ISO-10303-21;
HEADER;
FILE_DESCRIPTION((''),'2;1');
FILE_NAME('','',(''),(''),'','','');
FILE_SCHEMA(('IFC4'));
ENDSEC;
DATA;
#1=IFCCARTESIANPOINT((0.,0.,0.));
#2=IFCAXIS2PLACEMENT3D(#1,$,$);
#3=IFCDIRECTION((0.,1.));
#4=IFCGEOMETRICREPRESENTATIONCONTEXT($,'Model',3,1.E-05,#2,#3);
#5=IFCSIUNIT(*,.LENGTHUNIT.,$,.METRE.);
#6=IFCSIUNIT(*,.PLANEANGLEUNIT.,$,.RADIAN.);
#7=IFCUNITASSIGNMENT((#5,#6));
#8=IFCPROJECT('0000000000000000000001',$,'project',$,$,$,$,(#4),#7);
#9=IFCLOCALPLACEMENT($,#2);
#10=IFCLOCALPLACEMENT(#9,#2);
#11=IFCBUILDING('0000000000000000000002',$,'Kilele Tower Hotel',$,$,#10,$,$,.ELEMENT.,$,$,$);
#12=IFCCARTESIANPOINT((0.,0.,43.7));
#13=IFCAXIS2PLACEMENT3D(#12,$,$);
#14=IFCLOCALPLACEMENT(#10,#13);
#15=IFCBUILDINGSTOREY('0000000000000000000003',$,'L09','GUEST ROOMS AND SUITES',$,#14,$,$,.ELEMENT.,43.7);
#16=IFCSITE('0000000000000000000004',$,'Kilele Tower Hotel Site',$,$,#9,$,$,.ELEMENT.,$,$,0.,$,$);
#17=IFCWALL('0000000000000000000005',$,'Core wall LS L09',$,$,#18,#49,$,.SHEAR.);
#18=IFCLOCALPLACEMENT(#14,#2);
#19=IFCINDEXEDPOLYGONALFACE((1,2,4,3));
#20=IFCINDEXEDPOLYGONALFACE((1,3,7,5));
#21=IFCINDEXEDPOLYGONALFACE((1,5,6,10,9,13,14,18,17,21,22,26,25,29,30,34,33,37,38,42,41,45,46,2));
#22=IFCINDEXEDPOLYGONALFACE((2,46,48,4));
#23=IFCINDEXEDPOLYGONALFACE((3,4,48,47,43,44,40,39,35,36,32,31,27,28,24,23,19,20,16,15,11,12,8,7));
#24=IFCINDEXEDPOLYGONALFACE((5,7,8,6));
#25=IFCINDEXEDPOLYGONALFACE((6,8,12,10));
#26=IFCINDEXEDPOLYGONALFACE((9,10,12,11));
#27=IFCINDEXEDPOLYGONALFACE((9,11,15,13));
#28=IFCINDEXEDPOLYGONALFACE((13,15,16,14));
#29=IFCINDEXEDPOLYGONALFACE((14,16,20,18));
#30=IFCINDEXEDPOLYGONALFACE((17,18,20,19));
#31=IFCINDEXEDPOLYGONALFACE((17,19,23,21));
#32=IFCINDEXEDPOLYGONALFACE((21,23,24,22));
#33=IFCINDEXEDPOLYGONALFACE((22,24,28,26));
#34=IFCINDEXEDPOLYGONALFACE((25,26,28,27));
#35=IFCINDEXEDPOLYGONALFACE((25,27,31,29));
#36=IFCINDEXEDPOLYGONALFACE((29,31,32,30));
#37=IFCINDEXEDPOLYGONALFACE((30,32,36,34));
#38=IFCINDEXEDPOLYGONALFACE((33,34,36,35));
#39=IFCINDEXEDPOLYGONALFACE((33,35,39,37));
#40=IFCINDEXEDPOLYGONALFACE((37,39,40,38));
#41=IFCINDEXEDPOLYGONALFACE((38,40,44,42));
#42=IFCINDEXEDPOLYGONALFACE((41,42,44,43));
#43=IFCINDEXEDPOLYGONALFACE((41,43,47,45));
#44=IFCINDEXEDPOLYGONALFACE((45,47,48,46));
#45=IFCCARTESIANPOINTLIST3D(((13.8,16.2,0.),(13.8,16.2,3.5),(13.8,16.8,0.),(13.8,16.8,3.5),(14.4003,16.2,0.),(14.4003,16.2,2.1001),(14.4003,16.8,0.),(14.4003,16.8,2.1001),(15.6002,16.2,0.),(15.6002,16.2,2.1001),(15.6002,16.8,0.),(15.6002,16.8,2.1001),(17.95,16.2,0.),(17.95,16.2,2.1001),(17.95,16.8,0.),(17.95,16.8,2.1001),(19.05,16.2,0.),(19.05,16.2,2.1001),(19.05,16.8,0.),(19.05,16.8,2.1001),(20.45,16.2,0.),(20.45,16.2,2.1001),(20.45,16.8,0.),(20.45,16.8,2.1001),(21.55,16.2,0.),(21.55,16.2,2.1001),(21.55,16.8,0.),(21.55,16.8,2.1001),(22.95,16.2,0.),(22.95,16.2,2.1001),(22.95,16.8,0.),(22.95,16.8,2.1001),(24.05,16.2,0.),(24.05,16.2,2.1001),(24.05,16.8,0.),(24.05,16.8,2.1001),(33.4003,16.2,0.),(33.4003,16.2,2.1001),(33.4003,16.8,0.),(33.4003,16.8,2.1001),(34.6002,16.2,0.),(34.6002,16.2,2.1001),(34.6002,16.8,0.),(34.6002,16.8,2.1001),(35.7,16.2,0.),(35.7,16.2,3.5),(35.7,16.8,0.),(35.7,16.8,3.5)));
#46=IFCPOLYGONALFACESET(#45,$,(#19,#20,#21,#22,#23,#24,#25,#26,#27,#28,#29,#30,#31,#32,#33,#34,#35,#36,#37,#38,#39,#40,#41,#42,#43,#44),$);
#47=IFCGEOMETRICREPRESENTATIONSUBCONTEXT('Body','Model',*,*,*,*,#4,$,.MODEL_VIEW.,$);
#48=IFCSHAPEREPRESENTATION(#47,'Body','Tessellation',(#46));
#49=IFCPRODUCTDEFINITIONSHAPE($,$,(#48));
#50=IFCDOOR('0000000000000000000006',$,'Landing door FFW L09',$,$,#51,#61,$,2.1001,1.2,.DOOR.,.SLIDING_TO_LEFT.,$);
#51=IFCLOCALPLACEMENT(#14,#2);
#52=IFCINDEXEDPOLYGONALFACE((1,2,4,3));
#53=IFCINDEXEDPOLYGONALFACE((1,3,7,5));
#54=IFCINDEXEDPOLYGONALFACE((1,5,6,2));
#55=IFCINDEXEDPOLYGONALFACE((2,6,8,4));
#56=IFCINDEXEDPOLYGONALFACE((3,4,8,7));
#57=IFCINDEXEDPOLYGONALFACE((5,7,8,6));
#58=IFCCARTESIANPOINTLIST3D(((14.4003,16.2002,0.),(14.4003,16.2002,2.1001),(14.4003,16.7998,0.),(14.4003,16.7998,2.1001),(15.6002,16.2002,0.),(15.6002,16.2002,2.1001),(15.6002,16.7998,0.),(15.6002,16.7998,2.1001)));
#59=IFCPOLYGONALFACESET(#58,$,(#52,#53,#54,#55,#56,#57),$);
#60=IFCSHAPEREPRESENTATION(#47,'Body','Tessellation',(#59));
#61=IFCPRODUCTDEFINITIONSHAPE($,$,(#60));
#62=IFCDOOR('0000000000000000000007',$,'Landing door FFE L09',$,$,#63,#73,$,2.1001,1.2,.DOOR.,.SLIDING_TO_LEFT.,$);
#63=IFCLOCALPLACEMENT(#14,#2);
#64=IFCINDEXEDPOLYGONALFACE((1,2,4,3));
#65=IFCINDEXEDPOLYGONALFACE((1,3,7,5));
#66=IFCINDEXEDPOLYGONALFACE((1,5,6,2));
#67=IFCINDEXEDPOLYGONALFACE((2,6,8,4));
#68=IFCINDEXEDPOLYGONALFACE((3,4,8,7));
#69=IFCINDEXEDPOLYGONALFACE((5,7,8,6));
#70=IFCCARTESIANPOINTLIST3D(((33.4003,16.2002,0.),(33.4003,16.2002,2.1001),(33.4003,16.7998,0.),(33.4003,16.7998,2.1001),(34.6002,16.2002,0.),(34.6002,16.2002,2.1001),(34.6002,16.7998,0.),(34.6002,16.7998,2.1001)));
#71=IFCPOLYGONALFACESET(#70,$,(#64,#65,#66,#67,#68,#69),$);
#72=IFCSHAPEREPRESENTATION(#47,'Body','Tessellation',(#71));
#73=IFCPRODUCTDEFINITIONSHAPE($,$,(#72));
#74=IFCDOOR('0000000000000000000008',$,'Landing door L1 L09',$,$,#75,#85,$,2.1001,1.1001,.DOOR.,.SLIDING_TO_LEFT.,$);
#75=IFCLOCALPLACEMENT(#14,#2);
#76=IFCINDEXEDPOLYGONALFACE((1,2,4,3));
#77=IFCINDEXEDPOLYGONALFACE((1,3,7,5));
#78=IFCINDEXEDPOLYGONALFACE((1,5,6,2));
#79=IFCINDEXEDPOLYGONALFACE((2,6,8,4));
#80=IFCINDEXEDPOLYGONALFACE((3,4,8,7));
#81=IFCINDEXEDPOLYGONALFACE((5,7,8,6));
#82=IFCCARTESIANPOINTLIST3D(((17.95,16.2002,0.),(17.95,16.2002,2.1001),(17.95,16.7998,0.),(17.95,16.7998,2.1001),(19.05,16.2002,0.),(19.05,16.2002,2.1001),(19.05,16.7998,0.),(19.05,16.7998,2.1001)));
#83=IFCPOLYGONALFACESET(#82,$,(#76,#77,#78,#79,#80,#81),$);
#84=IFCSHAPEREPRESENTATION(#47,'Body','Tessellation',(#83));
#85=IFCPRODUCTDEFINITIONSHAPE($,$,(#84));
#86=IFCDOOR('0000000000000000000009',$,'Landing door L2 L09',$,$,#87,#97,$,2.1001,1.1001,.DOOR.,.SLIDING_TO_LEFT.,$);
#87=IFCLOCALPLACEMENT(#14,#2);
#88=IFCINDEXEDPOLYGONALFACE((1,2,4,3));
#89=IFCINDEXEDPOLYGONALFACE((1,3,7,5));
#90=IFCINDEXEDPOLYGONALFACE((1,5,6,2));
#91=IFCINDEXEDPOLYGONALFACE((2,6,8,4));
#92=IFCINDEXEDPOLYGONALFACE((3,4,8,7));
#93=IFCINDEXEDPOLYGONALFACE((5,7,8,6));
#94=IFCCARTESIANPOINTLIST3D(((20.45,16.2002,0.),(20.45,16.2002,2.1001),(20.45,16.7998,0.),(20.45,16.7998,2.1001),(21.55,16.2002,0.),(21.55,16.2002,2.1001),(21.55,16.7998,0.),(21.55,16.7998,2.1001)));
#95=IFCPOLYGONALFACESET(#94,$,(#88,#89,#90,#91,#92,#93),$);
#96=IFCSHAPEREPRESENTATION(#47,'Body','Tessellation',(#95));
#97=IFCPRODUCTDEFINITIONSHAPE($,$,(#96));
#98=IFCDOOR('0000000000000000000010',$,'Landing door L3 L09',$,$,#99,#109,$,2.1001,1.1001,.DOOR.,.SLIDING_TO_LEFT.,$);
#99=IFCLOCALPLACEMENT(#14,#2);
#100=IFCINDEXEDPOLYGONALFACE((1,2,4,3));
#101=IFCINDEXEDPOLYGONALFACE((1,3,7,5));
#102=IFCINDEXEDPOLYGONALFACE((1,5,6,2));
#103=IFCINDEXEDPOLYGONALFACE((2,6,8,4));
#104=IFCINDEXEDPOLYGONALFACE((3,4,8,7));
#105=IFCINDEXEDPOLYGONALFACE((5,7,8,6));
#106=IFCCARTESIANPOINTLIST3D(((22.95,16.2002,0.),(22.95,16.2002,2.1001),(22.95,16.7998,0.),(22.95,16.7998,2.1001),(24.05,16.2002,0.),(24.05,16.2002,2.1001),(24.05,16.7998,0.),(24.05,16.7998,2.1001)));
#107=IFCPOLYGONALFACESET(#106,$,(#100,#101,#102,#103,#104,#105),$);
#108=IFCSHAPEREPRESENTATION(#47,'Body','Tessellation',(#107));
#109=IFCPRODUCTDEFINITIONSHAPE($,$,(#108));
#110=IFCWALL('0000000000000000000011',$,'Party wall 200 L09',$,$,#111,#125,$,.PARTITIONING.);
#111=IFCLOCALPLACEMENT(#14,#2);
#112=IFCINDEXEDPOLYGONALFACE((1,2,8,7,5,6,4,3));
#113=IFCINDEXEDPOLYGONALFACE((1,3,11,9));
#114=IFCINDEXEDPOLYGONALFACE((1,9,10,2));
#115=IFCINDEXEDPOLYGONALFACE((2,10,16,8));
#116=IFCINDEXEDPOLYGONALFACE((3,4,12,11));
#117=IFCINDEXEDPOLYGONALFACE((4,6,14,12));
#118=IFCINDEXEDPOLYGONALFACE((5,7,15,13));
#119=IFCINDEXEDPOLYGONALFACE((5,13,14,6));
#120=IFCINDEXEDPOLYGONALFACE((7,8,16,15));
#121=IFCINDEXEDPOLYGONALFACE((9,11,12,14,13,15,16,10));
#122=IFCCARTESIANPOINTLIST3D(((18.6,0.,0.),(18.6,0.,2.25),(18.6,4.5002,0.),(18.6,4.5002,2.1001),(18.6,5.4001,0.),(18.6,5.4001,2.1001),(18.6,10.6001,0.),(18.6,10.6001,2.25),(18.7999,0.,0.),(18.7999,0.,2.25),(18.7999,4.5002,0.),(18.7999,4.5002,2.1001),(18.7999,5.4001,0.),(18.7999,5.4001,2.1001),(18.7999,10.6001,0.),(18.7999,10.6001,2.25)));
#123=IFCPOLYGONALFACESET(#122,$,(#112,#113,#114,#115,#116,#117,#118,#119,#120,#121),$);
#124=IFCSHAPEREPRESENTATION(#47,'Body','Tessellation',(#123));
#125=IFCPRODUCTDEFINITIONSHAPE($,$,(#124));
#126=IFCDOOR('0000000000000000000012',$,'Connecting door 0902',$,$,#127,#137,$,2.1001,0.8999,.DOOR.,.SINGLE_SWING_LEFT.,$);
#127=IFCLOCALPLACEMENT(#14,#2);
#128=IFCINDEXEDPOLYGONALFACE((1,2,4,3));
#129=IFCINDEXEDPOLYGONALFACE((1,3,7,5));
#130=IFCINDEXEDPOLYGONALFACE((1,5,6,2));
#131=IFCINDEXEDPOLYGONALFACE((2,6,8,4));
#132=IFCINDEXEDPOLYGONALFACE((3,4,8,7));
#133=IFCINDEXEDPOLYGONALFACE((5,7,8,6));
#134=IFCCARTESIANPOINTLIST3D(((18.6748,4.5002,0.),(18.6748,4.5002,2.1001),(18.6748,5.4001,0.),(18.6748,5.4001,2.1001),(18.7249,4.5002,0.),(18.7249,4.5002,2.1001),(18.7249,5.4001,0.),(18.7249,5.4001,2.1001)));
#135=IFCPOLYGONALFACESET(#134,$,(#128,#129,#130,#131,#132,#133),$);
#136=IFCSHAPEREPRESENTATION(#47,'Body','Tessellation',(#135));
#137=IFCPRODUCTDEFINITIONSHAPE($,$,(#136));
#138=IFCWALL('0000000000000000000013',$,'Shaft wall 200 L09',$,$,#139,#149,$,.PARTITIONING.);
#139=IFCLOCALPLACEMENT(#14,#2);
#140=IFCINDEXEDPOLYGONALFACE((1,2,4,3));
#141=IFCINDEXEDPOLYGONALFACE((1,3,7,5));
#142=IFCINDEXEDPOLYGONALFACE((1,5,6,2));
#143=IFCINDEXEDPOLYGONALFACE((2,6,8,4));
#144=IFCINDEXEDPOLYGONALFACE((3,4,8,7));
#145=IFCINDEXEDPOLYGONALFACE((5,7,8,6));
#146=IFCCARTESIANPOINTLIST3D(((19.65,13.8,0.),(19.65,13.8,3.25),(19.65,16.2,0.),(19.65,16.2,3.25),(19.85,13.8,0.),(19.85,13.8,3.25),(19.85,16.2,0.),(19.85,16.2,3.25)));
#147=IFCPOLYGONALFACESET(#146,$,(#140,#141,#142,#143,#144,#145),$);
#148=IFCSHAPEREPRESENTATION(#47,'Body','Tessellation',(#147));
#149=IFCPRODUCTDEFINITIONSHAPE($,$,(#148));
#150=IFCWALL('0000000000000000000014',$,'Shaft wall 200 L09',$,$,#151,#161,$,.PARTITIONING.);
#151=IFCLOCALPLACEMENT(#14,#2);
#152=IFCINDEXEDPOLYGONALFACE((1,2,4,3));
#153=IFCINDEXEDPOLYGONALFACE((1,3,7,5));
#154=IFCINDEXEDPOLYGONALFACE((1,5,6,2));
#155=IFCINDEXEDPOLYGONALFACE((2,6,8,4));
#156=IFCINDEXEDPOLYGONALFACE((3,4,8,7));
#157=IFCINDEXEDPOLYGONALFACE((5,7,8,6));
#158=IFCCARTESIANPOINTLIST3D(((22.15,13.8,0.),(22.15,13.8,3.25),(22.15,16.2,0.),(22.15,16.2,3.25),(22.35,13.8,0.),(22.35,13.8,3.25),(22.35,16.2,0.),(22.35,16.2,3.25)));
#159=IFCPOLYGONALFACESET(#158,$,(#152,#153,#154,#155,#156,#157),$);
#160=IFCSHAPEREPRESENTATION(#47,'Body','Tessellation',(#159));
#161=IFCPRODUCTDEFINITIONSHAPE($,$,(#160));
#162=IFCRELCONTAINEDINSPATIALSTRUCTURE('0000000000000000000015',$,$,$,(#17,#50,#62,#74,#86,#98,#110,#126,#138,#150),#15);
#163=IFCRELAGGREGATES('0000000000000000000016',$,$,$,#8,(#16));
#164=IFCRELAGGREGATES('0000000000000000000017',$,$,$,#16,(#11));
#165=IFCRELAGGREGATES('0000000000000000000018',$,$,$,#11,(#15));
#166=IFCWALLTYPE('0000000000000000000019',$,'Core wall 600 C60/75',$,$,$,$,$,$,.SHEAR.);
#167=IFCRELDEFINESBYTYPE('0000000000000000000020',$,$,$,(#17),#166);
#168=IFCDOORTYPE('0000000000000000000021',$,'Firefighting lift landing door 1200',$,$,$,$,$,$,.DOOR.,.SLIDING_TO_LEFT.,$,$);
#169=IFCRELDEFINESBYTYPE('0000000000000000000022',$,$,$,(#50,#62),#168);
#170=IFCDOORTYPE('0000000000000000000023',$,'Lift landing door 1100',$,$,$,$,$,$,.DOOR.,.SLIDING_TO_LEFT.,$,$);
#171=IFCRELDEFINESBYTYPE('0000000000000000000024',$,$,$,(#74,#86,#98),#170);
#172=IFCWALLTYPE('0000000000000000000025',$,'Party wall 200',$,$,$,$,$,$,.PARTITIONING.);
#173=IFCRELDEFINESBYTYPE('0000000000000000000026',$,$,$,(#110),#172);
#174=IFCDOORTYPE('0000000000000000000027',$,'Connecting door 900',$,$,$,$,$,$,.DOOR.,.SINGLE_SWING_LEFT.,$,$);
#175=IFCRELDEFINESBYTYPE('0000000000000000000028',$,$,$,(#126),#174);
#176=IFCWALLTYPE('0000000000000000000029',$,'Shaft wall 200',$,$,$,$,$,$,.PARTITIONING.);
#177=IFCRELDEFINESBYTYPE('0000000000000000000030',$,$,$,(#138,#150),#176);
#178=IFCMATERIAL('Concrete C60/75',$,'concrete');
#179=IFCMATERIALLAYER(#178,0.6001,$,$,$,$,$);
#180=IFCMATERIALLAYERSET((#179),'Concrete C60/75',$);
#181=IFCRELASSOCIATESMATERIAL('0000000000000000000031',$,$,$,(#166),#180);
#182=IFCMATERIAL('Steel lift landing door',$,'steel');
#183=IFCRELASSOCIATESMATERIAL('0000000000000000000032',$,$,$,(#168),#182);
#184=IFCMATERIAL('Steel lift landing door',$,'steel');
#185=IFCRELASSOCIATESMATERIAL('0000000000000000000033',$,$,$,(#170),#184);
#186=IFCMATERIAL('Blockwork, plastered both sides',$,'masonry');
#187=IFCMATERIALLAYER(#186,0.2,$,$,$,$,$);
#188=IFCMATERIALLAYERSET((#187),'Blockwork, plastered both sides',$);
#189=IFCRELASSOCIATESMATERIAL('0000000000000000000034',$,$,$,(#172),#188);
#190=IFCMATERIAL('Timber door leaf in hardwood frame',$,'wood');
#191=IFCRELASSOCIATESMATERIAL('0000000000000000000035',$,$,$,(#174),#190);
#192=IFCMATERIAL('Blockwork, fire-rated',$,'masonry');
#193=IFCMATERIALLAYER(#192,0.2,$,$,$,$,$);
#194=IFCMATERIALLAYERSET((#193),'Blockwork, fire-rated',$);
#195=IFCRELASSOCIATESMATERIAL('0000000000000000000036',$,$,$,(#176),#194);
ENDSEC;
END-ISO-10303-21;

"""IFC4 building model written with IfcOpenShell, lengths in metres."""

from ifc_helpers import new_model, si_unit, direction, frame, frame_2d, origin, place, context, subcontext, project, spatial, rectangle, extrude, material, layer, layer_set, type_object, element, fill, save


model = new_model("IFC4")

# Units and contexts
model_context = context("Model", 3, precision=1e-05, world=origin(), true_north=direction((0.0, 1.0)))
body_context = subcontext(model_context, "Body", "Model", "MODEL_VIEW")
ifc_project = project(units=[si_unit("LENGTHUNIT", "METRE"), si_unit("PLANEANGLEUNIT", "RADIAN")], contexts=[model_context])

# Site, building, storey
site_placement = place(None, origin())
site = spatial("IfcSite", under=ifc_project, at=site_placement, Name="Kilele Tower Hotel Site", CompositionType="ELEMENT", RefElevation=0.0)
building_placement = place(site_placement, origin())
building = spatial("IfcBuilding", under=site, at=building_placement, Name="Kilele Tower Hotel", CompositionType="ELEMENT")
storey_placement = place(building_placement, frame((0.0, 0.0, 43.7)))
storey = spatial("IfcBuildingStorey", under=building, at=storey_placement, Name="L09", Description="GUEST ROOMS AND SUITES", CompositionType="ELEMENT", Elevation=43.7)

# Shared definitions
ifc_material_1 = material(Name="Concrete C60/75", Category="concrete")
ifc_layer_1 = layer(ifc_material_1, 0.6001)
ifc_layer_set_1 = layer_set([ifc_layer_1], Name="Concrete C60/75")
wall_type_1 = type_object("IfcWallType", Name="Core wall 600 C60/75", PredefinedType="SHEAR", material=ifc_layer_set_1)

# Wall, openings, doors
wall_1_placement = place(storey_placement, frame((13.8, 16.5, 0.0), z_axis=(0.0, 0.0, 1.0), x_axis=(1.0, 0.0, 0.0)))
wall_1 = element("IfcWall", 1, at=wall_1_placement, inside=storey, type_object=wall_type_1, Name="Core wall LS L09", PredefinedType="SHEAR", context=body_context, shape_type="SweptSolid", body=[
    extrude(rectangle(XDim=21.8999, YDim=0.6001, at=frame_2d((10.95, 0.0))), origin(), (0.0, 0.0, 1.0), 3.5),
])
opening_1_placement = place(wall_1_placement, frame((4.1499, 0.0, 0.0)))
opening_1 = element("IfcOpeningElement", 2, at=opening_1_placement, cuts=wall_1, PredefinedType="OPENING", context=body_context, shape_type="SweptSolid", body=[
    extrude(rectangle(XDim=1.1001, YDim=2.1001, at=frame_2d((0.55, 1.05))), frame((0.0, 0.3101, 0.0), z_axis=(0.0, -1.0, 0.0), x_axis=(1.0, 0.0, 0.0)), (0.0, 0.0, 1.0), 0.6201),
])
opening_2_placement = place(wall_1_placement, frame((6.6499, 0.0, 0.0)))
opening_2 = element("IfcOpeningElement", 3, at=opening_2_placement, cuts=wall_1, PredefinedType="OPENING", context=body_context, shape_type="SweptSolid", body=[
    extrude(rectangle(XDim=1.1001, YDim=2.1001, at=frame_2d((0.55, 1.05))), frame((0.0, 0.3101, 0.0), z_axis=(0.0, -1.0, 0.0), x_axis=(1.0, 0.0, 0.0)), (0.0, 0.0, 1.0), 0.6201),
])
opening_3_placement = place(wall_1_placement, frame((9.1499, 0.0, 0.0)))
opening_3 = element("IfcOpeningElement", 4, at=opening_3_placement, cuts=wall_1, PredefinedType="OPENING", context=body_context, shape_type="SweptSolid", body=[
    extrude(rectangle(XDim=1.1001, YDim=2.1001, at=frame_2d((0.55, 1.05))), frame((0.0, 0.3101, 0.0), z_axis=(0.0, -1.0, 0.0), x_axis=(1.0, 0.0, 0.0)), (0.0, 0.0, 1.0), 0.6201),
])
opening_4_placement = place(wall_1_placement, frame((0.6001, 0.0, 0.0)))
opening_4 = element("IfcOpeningElement", 5, at=opening_4_placement, cuts=wall_1, PredefinedType="OPENING", context=body_context, shape_type="SweptSolid", body=[
    extrude(rectangle(XDim=1.2, YDim=2.1001, at=frame_2d((0.6001, 1.05))), frame((0.0, 0.3101, 0.0), z_axis=(0.0, -1.0, 0.0), x_axis=(1.0, 0.0, 0.0)), (0.0, 0.0, 1.0), 0.6201),
])
opening_5_placement = place(wall_1_placement, frame((19.6001, 0.0, 0.0)))
opening_5 = element("IfcOpeningElement", 6, at=opening_5_placement, cuts=wall_1, PredefinedType="OPENING", context=body_context, shape_type="SweptSolid", body=[
    extrude(rectangle(XDim=1.2, YDim=2.1001, at=frame_2d((0.6001, 1.05))), frame((0.0, 0.3101, 0.0), z_axis=(0.0, -1.0, 0.0), x_axis=(1.0, 0.0, 0.0)), (0.0, 0.0, 1.0), 0.6201),
])
ifc_material_2 = material(Name="Steel lift landing door", Category="steel")
door_type_1 = type_object("IfcDoorType", Name="Firefighting lift landing door 1200", OperationType="SLIDING_TO_LEFT", PredefinedType="DOOR", material=ifc_material_2)
door_1_placement = place(opening_4_placement, origin())
door_1 = element("IfcDoor", 7, at=door_1_placement, inside=storey, type_object=door_type_1, Name="Landing door FFW L09", OperationType="SLIDING_TO_LEFT", OverallHeight=2.1001, OverallWidth=1.2, PredefinedType="DOOR", context=body_context, shape_type="SweptSolid", body=[
    extrude(rectangle(XDim=1.2, YDim=2.1001, at=frame_2d((0.6001, 1.05))), frame((0.0, 0.2998, 0.0), z_axis=(0.0, -1.0, 0.0), x_axis=(1.0, 0.0, 0.0)), (0.0, 0.0, 1.0), 0.5996),
])
fill(opening_4, door_1)
door_2_placement = place(opening_5_placement, origin())
door_2 = element("IfcDoor", 8, at=door_2_placement, inside=storey, type_object=door_type_1, Name="Landing door FFE L09", OperationType="SLIDING_TO_LEFT", OverallHeight=2.1001, OverallWidth=1.2, PredefinedType="DOOR", context=body_context, shape_type="SweptSolid", body=[
    extrude(rectangle(XDim=1.2, YDim=2.1001, at=frame_2d((0.6001, 1.05))), frame((0.0, 0.2998, 0.0), z_axis=(0.0, -1.0, 0.0), x_axis=(1.0, 0.0, 0.0)), (0.0, 0.0, 1.0), 0.5996),
])
fill(opening_5, door_2)
ifc_material_3 = material(Name="Steel lift landing door", Category="steel")
door_type_2 = type_object("IfcDoorType", Name="Lift landing door 1100", OperationType="SLIDING_TO_LEFT", PredefinedType="DOOR", material=ifc_material_3)
door_3_placement = place(opening_1_placement, origin())
door_3 = element("IfcDoor", 9, at=door_3_placement, inside=storey, type_object=door_type_2, Name="Landing door L1 L09", OperationType="SLIDING_TO_LEFT", OverallHeight=2.1001, OverallWidth=1.1001, PredefinedType="DOOR", context=body_context, shape_type="SweptSolid", body=[
    extrude(rectangle(XDim=1.1001, YDim=2.1001, at=frame_2d((0.55, 1.05))), frame((0.0, 0.2998, 0.0), z_axis=(0.0, -1.0, 0.0), x_axis=(1.0, 0.0, 0.0)), (0.0, 0.0, 1.0), 0.5996),
])
fill(opening_1, door_3)
door_4_placement = place(opening_2_placement, origin())
door_4 = element("IfcDoor", 10, at=door_4_placement, inside=storey, type_object=door_type_2, Name="Landing door L2 L09", OperationType="SLIDING_TO_LEFT", OverallHeight=2.1001, OverallWidth=1.1001, PredefinedType="DOOR", context=body_context, shape_type="SweptSolid", body=[
    extrude(rectangle(XDim=1.1001, YDim=2.1001, at=frame_2d((0.55, 1.05))), frame((0.0, 0.2998, 0.0), z_axis=(0.0, -1.0, 0.0), x_axis=(1.0, 0.0, 0.0)), (0.0, 0.0, 1.0), 0.5996),
])
fill(opening_2, door_4)
door_5_placement = place(opening_3_placement, origin())
door_5 = element("IfcDoor", 11, at=door_5_placement, inside=storey, type_object=door_type_2, Name="Landing door L3 L09", OperationType="SLIDING_TO_LEFT", OverallHeight=2.1001, OverallWidth=1.1001, PredefinedType="DOOR", context=body_context, shape_type="SweptSolid", body=[
    extrude(rectangle(XDim=1.1001, YDim=2.1001, at=frame_2d((0.55, 1.05))), frame((0.0, 0.2998, 0.0), z_axis=(0.0, -1.0, 0.0), x_axis=(1.0, 0.0, 0.0)), (0.0, 0.0, 1.0), 0.5996),
])
fill(opening_3, door_5)

# Wall, opening, door
ifc_material_4 = material(Name="Blockwork, plastered both sides", Category="masonry")
ifc_layer_2 = layer(ifc_material_4, 0.2)
ifc_layer_set_2 = layer_set([ifc_layer_2], Name="Blockwork, plastered both sides")
wall_type_2 = type_object("IfcWallType", Name="Party wall 200", PredefinedType="PARTITIONING", material=ifc_layer_set_2)
wall_2_placement = place(storey_placement, frame((18.7, 10.6001, 0.0), z_axis=(0.0, 0.0, 1.0), x_axis=(0.0, -1.0, 0.0)))
wall_2 = element("IfcWall", 12, at=wall_2_placement, inside=storey, type_object=wall_type_2, Name="Party wall 200 L09", PredefinedType="PARTITIONING", context=body_context, shape_type="SweptSolid", body=[
    extrude(rectangle(XDim=10.6001, YDim=0.2, at=frame_2d((5.3, 0.0))), origin(), (0.0, 0.0, 1.0), 2.25),
])
opening_6_placement = place(wall_2_placement, frame((5.2, 0.0, 0.0)))
opening_6 = element("IfcOpeningElement", 13, at=opening_6_placement, cuts=wall_2, PredefinedType="OPENING", context=body_context, shape_type="SweptSolid", body=[
    extrude(rectangle(XDim=0.8999, YDim=2.1001, at=frame_2d((0.45, 1.05))), frame((0.0, 0.1099, 0.0), z_axis=(0.0, -1.0, 0.0), x_axis=(1.0, 0.0, 0.0)), (0.0, 0.0, 1.0), 0.22),
])
ifc_material_5 = material(Name="Timber door leaf in hardwood frame", Category="wood")
door_type_3 = type_object("IfcDoorType", Name="Connecting door 900", OperationType="SINGLE_SWING_LEFT", PredefinedType="DOOR", material=ifc_material_5)
door_6_placement = place(opening_6_placement, origin())
door_6 = element("IfcDoor", 14, at=door_6_placement, inside=storey, type_object=door_type_3, Name="Connecting door 0902", OperationType="SINGLE_SWING_LEFT", OverallHeight=2.1001, OverallWidth=0.8999, PredefinedType="DOOR", context=body_context, shape_type="SweptSolid", body=[
    extrude(rectangle(XDim=0.8999, YDim=2.1001, at=frame_2d((0.45, 1.05))), frame((0.0, 0.0249, 0.0), z_axis=(0.0, -1.0, 0.0), x_axis=(1.0, 0.0, 0.0)), (0.0, 0.0, 1.0), 0.05),
])
fill(opening_6, door_6)

# Walls
ifc_material_6 = material(Name="Blockwork, fire-rated", Category="masonry")
ifc_layer_3 = layer(ifc_material_6, 0.2)
ifc_layer_set_3 = layer_set([ifc_layer_3], Name="Blockwork, fire-rated")
wall_type_3 = type_object("IfcWallType", Name="Shaft wall 200", PredefinedType="PARTITIONING", material=ifc_layer_set_3)
for number, where, z_axis, x_axis, name in (
    (15, (19.75, 13.8, 0.0), (0.0, 0.0, 1.0), (0.0, 1.0, 0.0), "Shaft wall 200 L09"),
    (16, (22.25, 13.8, 0.0), (0.0, 0.0, 1.0), (0.0, 1.0, 0.0), "Shaft wall 200 L09"),
):
    element("IfcWall", number, at=place(storey_placement, frame(where, z_axis=z_axis, x_axis=x_axis)), inside=storey, type_object=wall_type_3, Name=name, PredefinedType="PARTITIONING", context=body_context, shape_type="SweptSolid", body=[
        extrude(rectangle(XDim=2.3999, YDim=0.2, at=frame_2d((1.2, 0.0))), origin(), (0.0, 0.0, 1.0), 3.25),
    ])

save(model, "model.ifc")
